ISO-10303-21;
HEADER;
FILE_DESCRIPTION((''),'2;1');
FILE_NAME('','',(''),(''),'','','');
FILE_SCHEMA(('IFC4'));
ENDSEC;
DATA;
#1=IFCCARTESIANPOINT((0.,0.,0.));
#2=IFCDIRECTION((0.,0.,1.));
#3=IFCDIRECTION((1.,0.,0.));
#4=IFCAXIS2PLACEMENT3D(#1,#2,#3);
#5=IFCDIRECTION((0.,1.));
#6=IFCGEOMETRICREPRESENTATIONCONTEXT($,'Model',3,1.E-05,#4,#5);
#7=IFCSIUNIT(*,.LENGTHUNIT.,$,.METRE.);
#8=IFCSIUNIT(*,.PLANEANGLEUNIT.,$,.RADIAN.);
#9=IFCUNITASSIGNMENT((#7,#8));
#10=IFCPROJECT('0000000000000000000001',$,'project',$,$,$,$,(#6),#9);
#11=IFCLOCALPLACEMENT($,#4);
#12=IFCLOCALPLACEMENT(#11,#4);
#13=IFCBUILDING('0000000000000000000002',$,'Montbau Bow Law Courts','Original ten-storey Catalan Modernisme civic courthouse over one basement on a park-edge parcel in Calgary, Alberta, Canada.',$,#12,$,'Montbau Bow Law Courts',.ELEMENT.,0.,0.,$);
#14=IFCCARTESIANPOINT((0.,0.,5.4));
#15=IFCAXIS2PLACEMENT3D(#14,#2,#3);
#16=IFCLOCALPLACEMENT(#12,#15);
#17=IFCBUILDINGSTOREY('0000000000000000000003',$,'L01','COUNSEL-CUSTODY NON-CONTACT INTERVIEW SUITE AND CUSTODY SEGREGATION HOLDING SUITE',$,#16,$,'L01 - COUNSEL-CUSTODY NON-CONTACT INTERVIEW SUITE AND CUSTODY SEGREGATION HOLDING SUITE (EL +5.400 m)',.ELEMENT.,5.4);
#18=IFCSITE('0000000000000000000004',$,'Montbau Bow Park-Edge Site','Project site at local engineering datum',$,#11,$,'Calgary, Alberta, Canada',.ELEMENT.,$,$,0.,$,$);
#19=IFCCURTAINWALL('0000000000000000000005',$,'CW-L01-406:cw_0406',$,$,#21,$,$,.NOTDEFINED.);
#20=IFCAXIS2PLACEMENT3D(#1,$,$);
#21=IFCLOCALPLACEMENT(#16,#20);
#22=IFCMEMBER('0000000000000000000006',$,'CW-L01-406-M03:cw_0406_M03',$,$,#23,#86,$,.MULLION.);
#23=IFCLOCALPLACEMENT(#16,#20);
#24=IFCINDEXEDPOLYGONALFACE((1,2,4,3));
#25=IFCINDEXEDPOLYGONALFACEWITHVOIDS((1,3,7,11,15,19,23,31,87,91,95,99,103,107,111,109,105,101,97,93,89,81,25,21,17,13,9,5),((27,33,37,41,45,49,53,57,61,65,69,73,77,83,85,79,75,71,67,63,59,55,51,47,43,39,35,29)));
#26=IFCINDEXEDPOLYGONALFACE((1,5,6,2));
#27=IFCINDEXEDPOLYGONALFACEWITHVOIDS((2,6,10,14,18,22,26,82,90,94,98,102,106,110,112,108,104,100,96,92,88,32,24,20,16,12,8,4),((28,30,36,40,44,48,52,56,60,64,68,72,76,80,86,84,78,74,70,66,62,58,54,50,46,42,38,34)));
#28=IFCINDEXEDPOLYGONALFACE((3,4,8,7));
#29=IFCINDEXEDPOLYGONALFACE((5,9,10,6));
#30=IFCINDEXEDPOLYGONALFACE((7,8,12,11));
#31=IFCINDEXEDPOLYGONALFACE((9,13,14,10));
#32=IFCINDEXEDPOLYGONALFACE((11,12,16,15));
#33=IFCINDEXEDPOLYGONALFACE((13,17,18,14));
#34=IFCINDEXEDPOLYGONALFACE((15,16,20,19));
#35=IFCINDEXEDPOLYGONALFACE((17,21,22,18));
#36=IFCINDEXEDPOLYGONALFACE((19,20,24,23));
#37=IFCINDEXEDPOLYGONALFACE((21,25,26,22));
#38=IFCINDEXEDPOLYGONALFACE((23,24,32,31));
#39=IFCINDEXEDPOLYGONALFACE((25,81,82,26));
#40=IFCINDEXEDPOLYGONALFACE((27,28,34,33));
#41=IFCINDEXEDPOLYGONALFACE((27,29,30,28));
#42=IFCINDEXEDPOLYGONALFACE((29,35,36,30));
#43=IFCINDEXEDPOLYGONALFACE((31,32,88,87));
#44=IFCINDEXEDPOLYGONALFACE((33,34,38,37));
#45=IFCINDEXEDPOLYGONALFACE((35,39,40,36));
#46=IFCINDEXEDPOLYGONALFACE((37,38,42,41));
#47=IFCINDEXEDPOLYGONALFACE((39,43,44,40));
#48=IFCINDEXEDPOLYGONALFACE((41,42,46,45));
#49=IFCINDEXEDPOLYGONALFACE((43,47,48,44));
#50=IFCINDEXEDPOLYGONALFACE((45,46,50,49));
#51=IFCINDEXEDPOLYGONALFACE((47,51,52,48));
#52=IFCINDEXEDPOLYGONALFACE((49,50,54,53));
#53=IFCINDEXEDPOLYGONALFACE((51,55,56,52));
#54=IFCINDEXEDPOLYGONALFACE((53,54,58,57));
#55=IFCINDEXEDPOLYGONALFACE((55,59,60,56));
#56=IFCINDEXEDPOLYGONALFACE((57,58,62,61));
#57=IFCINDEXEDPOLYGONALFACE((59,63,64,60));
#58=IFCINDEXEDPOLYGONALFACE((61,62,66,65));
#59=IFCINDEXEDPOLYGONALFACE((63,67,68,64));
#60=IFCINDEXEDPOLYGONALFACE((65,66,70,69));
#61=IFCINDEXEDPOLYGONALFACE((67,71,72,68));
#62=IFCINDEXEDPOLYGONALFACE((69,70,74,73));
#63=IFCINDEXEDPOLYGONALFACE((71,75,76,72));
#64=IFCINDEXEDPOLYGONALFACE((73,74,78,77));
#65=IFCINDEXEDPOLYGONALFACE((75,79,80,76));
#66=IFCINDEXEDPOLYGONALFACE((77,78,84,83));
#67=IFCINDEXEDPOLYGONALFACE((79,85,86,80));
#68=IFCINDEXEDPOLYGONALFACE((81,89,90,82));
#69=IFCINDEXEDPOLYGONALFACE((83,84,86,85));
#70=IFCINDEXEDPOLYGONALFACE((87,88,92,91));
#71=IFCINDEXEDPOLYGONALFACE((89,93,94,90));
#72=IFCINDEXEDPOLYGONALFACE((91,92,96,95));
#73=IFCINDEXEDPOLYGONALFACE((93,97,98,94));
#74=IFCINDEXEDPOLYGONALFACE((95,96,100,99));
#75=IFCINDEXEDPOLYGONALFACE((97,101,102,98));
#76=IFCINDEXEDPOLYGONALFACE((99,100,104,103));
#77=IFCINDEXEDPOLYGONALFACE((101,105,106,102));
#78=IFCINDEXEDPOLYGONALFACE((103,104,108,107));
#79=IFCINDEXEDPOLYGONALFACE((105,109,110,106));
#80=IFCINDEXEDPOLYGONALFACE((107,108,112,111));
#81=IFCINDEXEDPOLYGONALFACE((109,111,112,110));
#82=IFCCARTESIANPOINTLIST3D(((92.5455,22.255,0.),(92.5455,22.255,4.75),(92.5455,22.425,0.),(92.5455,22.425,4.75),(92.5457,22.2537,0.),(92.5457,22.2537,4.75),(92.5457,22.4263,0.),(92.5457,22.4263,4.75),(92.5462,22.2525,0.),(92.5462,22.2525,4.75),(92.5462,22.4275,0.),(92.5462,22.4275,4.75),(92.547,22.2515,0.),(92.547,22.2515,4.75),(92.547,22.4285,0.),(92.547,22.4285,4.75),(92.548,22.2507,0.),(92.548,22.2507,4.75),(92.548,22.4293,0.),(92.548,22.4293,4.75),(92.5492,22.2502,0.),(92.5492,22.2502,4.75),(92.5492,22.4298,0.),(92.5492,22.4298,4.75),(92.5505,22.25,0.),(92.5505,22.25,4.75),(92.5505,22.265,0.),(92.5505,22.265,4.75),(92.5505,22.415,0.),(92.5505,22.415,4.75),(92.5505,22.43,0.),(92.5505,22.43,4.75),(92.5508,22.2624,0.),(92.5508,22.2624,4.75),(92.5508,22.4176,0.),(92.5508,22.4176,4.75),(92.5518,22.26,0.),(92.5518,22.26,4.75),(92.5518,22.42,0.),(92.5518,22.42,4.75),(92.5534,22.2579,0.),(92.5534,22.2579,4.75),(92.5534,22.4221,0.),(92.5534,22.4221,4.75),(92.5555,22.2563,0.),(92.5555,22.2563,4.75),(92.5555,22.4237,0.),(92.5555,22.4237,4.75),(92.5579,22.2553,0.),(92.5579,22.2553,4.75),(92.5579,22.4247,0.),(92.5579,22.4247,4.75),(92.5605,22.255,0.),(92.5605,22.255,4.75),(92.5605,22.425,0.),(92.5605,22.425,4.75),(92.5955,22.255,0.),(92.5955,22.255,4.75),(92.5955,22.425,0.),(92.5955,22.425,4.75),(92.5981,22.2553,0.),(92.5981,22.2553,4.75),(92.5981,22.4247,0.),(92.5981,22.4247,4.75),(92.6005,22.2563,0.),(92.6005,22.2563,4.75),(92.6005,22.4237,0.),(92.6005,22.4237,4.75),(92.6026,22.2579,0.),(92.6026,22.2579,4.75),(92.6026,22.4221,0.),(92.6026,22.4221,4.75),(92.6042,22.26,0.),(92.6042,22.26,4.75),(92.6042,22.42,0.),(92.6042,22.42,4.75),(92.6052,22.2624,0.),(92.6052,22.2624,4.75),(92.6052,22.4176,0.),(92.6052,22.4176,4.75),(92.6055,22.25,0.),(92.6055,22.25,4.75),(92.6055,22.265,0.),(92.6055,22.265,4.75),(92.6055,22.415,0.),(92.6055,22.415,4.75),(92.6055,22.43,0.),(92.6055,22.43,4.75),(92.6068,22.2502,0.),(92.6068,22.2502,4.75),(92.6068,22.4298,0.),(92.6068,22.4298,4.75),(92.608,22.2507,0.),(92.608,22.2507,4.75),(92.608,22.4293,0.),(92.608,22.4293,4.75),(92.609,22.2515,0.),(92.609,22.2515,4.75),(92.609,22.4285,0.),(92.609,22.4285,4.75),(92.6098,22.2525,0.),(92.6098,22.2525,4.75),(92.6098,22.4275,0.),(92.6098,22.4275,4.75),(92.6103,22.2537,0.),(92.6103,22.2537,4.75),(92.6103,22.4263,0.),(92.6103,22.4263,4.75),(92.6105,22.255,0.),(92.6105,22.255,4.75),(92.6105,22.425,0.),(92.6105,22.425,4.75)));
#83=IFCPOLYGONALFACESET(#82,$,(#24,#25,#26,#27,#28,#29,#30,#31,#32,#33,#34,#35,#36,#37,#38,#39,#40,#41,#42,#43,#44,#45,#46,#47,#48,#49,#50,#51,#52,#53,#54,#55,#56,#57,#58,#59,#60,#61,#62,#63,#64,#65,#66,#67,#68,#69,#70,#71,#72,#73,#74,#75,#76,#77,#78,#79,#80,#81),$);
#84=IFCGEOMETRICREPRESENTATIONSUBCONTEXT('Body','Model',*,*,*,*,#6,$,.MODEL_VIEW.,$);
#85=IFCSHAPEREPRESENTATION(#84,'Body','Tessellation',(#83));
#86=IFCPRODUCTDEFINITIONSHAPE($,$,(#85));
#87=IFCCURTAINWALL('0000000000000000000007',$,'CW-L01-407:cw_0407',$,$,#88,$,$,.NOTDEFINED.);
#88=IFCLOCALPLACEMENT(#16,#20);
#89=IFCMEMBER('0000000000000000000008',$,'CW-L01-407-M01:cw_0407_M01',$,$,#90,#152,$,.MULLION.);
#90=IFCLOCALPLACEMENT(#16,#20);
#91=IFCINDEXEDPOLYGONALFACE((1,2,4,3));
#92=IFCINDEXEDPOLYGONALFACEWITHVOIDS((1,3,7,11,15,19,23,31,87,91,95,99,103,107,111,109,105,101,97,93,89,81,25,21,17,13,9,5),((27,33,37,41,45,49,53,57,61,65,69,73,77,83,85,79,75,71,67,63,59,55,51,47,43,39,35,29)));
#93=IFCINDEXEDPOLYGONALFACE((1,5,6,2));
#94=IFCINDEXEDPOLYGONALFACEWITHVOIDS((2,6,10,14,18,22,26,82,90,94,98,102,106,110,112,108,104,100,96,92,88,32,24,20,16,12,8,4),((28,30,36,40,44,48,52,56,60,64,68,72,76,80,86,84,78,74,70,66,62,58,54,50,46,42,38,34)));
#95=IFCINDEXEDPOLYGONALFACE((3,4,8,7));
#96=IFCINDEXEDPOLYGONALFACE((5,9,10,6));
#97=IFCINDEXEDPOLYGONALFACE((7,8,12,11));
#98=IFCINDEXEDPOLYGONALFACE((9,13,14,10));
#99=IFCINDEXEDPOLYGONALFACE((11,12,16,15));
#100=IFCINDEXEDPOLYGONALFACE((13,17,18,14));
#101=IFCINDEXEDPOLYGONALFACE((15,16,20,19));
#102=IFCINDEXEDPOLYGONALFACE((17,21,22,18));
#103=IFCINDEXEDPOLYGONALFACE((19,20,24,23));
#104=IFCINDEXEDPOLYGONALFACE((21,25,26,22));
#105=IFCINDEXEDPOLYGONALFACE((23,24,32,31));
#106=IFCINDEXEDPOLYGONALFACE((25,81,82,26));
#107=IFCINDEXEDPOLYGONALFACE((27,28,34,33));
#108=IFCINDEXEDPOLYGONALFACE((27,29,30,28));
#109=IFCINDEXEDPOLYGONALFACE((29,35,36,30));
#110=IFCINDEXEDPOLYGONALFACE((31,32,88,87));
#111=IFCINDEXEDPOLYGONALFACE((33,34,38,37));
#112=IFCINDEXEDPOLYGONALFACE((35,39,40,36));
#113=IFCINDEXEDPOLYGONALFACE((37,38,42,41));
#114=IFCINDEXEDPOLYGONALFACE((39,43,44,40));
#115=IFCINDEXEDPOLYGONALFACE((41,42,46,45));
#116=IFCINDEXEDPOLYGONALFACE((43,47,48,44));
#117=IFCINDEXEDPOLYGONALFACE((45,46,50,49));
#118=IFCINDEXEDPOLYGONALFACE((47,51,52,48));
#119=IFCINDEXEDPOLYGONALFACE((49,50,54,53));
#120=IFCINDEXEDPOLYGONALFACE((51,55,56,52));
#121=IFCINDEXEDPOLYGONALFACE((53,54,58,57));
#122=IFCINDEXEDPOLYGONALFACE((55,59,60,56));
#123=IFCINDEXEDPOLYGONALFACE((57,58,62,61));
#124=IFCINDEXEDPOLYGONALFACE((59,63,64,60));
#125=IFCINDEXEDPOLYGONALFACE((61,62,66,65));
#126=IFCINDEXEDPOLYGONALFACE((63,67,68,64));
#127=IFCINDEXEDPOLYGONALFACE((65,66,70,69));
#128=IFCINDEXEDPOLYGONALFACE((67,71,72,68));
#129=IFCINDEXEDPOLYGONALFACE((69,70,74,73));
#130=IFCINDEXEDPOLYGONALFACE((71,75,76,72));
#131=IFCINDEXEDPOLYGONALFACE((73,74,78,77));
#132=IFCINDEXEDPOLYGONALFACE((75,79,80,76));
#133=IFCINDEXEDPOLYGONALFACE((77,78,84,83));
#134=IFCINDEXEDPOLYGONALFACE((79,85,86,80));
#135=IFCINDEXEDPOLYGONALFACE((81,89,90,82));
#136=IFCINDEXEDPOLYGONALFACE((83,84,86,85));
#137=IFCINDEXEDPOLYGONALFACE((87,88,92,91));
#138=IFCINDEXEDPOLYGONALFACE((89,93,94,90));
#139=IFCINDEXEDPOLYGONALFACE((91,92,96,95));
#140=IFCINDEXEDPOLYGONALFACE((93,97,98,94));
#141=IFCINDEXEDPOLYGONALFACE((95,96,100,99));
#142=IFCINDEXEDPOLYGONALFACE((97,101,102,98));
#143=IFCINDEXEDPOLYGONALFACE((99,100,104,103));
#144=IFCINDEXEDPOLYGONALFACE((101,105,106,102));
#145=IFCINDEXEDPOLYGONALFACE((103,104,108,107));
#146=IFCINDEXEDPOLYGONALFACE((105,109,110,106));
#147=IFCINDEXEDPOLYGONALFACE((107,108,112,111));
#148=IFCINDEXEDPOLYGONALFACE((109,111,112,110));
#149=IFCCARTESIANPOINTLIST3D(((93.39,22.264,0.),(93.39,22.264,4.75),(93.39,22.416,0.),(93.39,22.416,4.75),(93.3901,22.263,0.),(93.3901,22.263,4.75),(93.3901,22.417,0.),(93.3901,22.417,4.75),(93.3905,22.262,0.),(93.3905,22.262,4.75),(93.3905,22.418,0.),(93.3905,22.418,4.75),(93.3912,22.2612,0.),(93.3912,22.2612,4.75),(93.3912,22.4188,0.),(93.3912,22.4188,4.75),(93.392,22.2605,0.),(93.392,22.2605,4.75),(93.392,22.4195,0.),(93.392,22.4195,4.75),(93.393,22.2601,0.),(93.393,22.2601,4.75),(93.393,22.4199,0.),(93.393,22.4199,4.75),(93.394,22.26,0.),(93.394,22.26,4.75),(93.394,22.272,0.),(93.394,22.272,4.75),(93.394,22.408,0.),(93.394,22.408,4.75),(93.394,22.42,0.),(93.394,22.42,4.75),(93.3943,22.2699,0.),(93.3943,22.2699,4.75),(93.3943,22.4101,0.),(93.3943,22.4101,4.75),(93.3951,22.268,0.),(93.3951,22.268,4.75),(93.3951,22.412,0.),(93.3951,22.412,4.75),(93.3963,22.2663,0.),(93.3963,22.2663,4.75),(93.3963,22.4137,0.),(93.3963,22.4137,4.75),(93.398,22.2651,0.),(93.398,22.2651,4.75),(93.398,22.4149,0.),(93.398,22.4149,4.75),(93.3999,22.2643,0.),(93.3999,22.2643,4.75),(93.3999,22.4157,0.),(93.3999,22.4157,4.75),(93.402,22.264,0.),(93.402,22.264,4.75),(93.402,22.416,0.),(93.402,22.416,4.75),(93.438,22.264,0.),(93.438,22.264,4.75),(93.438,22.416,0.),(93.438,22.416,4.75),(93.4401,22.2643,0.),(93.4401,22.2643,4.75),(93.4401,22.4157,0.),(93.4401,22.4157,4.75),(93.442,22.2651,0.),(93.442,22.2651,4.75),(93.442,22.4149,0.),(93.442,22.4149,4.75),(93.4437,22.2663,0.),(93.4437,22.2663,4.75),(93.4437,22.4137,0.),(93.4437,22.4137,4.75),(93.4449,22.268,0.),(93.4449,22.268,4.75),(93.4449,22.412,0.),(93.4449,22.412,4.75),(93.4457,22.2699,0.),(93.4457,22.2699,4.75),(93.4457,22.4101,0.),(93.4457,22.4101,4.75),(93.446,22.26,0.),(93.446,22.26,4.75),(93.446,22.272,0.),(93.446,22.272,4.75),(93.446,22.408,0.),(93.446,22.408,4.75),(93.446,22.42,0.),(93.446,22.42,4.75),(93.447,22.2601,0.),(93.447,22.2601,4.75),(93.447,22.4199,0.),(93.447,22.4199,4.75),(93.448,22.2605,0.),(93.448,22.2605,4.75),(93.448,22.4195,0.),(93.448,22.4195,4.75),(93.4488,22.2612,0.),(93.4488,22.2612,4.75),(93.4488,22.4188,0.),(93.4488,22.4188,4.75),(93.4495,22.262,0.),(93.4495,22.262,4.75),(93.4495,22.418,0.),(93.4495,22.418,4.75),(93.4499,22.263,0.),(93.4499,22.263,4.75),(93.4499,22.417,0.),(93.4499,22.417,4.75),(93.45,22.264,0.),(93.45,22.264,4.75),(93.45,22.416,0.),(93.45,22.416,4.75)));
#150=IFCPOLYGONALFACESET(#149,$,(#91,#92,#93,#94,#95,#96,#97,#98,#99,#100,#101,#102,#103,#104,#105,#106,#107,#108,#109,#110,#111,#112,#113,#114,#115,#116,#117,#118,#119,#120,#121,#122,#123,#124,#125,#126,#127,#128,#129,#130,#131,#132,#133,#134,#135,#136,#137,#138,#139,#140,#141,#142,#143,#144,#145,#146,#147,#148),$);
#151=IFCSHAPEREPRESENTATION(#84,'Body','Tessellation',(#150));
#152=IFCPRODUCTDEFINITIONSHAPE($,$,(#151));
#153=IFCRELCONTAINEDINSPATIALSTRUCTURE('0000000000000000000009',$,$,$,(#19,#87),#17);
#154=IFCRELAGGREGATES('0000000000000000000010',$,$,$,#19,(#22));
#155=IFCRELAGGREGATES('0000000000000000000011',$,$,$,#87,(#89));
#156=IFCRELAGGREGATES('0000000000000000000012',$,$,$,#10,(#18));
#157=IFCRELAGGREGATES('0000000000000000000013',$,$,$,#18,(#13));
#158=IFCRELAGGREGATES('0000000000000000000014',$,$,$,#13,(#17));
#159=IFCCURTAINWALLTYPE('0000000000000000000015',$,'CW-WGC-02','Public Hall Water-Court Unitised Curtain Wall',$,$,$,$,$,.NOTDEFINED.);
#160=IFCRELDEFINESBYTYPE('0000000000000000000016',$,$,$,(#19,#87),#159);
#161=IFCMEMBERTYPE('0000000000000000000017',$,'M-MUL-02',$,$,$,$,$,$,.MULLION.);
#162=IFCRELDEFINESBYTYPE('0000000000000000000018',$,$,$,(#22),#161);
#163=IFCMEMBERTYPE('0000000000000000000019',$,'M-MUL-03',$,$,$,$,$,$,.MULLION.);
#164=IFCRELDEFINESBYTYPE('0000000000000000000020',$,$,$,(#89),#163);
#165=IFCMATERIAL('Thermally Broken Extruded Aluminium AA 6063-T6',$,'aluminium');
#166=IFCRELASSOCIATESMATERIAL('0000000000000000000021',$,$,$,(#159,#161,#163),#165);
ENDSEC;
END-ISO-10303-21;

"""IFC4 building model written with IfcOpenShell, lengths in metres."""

from ifc_helpers import new_model, si_unit, direction, frame, origin_with_axes, origin_2d_with_axis, place, context, subcontext, project, spatial, hollow_rectangle, extrude, material, material_profile, profile_set, type_object, element, aggregate, save


model = new_model("IFC4")

# Units and contexts
model_context = context("Model", 3, precision=1e-05, world=origin_with_axes(), true_north=direction((0.0, 1.0)))
body_context = subcontext(model_context, "Body", "Model", "MODEL_VIEW")
ifc_project = project(units=[si_unit("LENGTHUNIT", "METRE"), si_unit("PLANEANGLEUNIT", "RADIAN")], contexts=[model_context])

# Site, building, storey
site_placement = place(None, origin_with_axes())
site = spatial("IfcSite", under=ifc_project, at=site_placement, Name="Montbau Bow Park-Edge Site", Description="Project site at local engineering datum", LongName="Calgary, Alberta, Canada", CompositionType="ELEMENT", RefElevation=0.0)
building_placement = place(site_placement, origin_with_axes())
building = spatial("IfcBuilding", under=site, at=building_placement, Name="Montbau Bow Law Courts", Description="Original ten-storey Catalan Modernisme civic courthouse over one basement on a park-edge parcel in Calgary, Alberta, Canada.", LongName="Montbau Bow Law Courts", CompositionType="ELEMENT", ElevationOfRefHeight=0.0, ElevationOfTerrain=0.0)
storey_placement = place(building_placement, frame((0.0, 0.0, 5.4), z_axis=(0.0, 0.0, 1.0), x_axis=(1.0, 0.0, 0.0)))
storey = spatial("IfcBuildingStorey", under=building, at=storey_placement, Name="L01", Description="COUNSEL-CUSTODY NON-CONTACT INTERVIEW SUITE AND CUSTODY SEGREGATION HOLDING SUITE", LongName="L01 - COUNSEL-CUSTODY NON-CONTACT INTERVIEW SUITE AND CUSTODY SEGREGATION HOLDING SUITE (EL +5.400 m)", CompositionType="ELEMENT", Elevation=5.4)

# Curtain walls, members
ifc_material_1 = material(Name="Thermally Broken Extruded Aluminium AA 6063-T6", Category="aluminium")
curtain_wall_type = type_object("IfcCurtainWallType", Name="CW-WGC-02", Description="Public Hall Water-Court Unitised Curtain Wall", PredefinedType="NOTDEFINED", material=ifc_material_1)
curtain_wall_1_placement = place(None, frame((89.315, 22.34, 5.4), z_axis=(0.0, 0.0, 1.0), x_axis=(1.0, 0.0, 0.0)))
curtain_wall_1 = element("IfcCurtainWall", 1, at=curtain_wall_1_placement, inside=storey, type_object=curtain_wall_type, Name="CW-L01-406:cw_0406", PredefinedType="NOTDEFINED")
ifc_material_profile_1 = material_profile(ifc_material_1, hollow_rectangle(XDim=0.065, YDim=0.18, WallThickness=0.005, InnerFilletRadius=0.01, OuterFilletRadius=0.005, at=origin_2d_with_axis()), Name="CWM-180X65", Category="Main", Priority=0)
ifc_profile_set_1 = profile_set([ifc_material_profile_1], Name="Thermally Broken Extruded Aluminium AA 6063-T6")
member_type_1 = type_object("IfcMemberType", Name="M-MUL-02", PredefinedType="MULLION", material=ifc_profile_set_1)
member_1_placement = place(None, frame((92.578, 22.34, 5.4), z_axis=(0.0, 0.0, 1.0), x_axis=(1.0, 0.0, 0.0)))
member_1 = element("IfcMember", 2, at=member_1_placement, type_object=member_type_1, Name="CW-L01-406-M03:cw_0406_M03", PredefinedType="MULLION", context=body_context, shape_type="SweptSolid", body=[
    extrude(hollow_rectangle(XDim=0.065, YDim=0.18, WallThickness=0.005, InnerFilletRadius=0.01, OuterFilletRadius=0.005, at=origin_2d_with_axis()), origin_with_axes(), (0.0, 0.0, 1.0), 4.75),
])
curtain_wall_2_placement = place(None, frame((93.39, 22.34, 5.4), z_axis=(0.0, 0.0, 1.0), x_axis=(1.0, 0.0, 0.0)))
curtain_wall_2 = element("IfcCurtainWall", 3, at=curtain_wall_2_placement, inside=storey, type_object=curtain_wall_type, Name="CW-L01-407:cw_0407", PredefinedType="NOTDEFINED")
ifc_material_profile_2 = material_profile(ifc_material_1, hollow_rectangle(XDim=0.06, YDim=0.16, WallThickness=0.004, InnerFilletRadius=0.008, OuterFilletRadius=0.004, at=origin_2d_with_axis()), Name="CWM-160X60", Category="Main", Priority=0)
ifc_profile_set_2 = profile_set([ifc_material_profile_2], Name="Thermally Broken Extruded Aluminium AA 6063-T6")
member_type_2 = type_object("IfcMemberType", Name="M-MUL-03", PredefinedType="MULLION", material=ifc_profile_set_2)
member_2_placement = place(None, frame((93.42, 22.34, 5.4), z_axis=(0.0, 0.0, 1.0), x_axis=(1.0, 0.0, 0.0)))
member_2 = element("IfcMember", 4, at=member_2_placement, type_object=member_type_2, Name="CW-L01-407-M01:cw_0407_M01", PredefinedType="MULLION", context=body_context, shape_type="SweptSolid", body=[
    extrude(hollow_rectangle(XDim=0.06, YDim=0.16, WallThickness=0.004, InnerFilletRadius=0.008, OuterFilletRadius=0.004, at=origin_2d_with_axis()), origin_with_axes(), (0.0, 0.0, 1.0), 4.75),
])

aggregate(curtain_wall_1, [member_1])
aggregate(curtain_wall_2, [member_2])

save(model, "model.ifc")
